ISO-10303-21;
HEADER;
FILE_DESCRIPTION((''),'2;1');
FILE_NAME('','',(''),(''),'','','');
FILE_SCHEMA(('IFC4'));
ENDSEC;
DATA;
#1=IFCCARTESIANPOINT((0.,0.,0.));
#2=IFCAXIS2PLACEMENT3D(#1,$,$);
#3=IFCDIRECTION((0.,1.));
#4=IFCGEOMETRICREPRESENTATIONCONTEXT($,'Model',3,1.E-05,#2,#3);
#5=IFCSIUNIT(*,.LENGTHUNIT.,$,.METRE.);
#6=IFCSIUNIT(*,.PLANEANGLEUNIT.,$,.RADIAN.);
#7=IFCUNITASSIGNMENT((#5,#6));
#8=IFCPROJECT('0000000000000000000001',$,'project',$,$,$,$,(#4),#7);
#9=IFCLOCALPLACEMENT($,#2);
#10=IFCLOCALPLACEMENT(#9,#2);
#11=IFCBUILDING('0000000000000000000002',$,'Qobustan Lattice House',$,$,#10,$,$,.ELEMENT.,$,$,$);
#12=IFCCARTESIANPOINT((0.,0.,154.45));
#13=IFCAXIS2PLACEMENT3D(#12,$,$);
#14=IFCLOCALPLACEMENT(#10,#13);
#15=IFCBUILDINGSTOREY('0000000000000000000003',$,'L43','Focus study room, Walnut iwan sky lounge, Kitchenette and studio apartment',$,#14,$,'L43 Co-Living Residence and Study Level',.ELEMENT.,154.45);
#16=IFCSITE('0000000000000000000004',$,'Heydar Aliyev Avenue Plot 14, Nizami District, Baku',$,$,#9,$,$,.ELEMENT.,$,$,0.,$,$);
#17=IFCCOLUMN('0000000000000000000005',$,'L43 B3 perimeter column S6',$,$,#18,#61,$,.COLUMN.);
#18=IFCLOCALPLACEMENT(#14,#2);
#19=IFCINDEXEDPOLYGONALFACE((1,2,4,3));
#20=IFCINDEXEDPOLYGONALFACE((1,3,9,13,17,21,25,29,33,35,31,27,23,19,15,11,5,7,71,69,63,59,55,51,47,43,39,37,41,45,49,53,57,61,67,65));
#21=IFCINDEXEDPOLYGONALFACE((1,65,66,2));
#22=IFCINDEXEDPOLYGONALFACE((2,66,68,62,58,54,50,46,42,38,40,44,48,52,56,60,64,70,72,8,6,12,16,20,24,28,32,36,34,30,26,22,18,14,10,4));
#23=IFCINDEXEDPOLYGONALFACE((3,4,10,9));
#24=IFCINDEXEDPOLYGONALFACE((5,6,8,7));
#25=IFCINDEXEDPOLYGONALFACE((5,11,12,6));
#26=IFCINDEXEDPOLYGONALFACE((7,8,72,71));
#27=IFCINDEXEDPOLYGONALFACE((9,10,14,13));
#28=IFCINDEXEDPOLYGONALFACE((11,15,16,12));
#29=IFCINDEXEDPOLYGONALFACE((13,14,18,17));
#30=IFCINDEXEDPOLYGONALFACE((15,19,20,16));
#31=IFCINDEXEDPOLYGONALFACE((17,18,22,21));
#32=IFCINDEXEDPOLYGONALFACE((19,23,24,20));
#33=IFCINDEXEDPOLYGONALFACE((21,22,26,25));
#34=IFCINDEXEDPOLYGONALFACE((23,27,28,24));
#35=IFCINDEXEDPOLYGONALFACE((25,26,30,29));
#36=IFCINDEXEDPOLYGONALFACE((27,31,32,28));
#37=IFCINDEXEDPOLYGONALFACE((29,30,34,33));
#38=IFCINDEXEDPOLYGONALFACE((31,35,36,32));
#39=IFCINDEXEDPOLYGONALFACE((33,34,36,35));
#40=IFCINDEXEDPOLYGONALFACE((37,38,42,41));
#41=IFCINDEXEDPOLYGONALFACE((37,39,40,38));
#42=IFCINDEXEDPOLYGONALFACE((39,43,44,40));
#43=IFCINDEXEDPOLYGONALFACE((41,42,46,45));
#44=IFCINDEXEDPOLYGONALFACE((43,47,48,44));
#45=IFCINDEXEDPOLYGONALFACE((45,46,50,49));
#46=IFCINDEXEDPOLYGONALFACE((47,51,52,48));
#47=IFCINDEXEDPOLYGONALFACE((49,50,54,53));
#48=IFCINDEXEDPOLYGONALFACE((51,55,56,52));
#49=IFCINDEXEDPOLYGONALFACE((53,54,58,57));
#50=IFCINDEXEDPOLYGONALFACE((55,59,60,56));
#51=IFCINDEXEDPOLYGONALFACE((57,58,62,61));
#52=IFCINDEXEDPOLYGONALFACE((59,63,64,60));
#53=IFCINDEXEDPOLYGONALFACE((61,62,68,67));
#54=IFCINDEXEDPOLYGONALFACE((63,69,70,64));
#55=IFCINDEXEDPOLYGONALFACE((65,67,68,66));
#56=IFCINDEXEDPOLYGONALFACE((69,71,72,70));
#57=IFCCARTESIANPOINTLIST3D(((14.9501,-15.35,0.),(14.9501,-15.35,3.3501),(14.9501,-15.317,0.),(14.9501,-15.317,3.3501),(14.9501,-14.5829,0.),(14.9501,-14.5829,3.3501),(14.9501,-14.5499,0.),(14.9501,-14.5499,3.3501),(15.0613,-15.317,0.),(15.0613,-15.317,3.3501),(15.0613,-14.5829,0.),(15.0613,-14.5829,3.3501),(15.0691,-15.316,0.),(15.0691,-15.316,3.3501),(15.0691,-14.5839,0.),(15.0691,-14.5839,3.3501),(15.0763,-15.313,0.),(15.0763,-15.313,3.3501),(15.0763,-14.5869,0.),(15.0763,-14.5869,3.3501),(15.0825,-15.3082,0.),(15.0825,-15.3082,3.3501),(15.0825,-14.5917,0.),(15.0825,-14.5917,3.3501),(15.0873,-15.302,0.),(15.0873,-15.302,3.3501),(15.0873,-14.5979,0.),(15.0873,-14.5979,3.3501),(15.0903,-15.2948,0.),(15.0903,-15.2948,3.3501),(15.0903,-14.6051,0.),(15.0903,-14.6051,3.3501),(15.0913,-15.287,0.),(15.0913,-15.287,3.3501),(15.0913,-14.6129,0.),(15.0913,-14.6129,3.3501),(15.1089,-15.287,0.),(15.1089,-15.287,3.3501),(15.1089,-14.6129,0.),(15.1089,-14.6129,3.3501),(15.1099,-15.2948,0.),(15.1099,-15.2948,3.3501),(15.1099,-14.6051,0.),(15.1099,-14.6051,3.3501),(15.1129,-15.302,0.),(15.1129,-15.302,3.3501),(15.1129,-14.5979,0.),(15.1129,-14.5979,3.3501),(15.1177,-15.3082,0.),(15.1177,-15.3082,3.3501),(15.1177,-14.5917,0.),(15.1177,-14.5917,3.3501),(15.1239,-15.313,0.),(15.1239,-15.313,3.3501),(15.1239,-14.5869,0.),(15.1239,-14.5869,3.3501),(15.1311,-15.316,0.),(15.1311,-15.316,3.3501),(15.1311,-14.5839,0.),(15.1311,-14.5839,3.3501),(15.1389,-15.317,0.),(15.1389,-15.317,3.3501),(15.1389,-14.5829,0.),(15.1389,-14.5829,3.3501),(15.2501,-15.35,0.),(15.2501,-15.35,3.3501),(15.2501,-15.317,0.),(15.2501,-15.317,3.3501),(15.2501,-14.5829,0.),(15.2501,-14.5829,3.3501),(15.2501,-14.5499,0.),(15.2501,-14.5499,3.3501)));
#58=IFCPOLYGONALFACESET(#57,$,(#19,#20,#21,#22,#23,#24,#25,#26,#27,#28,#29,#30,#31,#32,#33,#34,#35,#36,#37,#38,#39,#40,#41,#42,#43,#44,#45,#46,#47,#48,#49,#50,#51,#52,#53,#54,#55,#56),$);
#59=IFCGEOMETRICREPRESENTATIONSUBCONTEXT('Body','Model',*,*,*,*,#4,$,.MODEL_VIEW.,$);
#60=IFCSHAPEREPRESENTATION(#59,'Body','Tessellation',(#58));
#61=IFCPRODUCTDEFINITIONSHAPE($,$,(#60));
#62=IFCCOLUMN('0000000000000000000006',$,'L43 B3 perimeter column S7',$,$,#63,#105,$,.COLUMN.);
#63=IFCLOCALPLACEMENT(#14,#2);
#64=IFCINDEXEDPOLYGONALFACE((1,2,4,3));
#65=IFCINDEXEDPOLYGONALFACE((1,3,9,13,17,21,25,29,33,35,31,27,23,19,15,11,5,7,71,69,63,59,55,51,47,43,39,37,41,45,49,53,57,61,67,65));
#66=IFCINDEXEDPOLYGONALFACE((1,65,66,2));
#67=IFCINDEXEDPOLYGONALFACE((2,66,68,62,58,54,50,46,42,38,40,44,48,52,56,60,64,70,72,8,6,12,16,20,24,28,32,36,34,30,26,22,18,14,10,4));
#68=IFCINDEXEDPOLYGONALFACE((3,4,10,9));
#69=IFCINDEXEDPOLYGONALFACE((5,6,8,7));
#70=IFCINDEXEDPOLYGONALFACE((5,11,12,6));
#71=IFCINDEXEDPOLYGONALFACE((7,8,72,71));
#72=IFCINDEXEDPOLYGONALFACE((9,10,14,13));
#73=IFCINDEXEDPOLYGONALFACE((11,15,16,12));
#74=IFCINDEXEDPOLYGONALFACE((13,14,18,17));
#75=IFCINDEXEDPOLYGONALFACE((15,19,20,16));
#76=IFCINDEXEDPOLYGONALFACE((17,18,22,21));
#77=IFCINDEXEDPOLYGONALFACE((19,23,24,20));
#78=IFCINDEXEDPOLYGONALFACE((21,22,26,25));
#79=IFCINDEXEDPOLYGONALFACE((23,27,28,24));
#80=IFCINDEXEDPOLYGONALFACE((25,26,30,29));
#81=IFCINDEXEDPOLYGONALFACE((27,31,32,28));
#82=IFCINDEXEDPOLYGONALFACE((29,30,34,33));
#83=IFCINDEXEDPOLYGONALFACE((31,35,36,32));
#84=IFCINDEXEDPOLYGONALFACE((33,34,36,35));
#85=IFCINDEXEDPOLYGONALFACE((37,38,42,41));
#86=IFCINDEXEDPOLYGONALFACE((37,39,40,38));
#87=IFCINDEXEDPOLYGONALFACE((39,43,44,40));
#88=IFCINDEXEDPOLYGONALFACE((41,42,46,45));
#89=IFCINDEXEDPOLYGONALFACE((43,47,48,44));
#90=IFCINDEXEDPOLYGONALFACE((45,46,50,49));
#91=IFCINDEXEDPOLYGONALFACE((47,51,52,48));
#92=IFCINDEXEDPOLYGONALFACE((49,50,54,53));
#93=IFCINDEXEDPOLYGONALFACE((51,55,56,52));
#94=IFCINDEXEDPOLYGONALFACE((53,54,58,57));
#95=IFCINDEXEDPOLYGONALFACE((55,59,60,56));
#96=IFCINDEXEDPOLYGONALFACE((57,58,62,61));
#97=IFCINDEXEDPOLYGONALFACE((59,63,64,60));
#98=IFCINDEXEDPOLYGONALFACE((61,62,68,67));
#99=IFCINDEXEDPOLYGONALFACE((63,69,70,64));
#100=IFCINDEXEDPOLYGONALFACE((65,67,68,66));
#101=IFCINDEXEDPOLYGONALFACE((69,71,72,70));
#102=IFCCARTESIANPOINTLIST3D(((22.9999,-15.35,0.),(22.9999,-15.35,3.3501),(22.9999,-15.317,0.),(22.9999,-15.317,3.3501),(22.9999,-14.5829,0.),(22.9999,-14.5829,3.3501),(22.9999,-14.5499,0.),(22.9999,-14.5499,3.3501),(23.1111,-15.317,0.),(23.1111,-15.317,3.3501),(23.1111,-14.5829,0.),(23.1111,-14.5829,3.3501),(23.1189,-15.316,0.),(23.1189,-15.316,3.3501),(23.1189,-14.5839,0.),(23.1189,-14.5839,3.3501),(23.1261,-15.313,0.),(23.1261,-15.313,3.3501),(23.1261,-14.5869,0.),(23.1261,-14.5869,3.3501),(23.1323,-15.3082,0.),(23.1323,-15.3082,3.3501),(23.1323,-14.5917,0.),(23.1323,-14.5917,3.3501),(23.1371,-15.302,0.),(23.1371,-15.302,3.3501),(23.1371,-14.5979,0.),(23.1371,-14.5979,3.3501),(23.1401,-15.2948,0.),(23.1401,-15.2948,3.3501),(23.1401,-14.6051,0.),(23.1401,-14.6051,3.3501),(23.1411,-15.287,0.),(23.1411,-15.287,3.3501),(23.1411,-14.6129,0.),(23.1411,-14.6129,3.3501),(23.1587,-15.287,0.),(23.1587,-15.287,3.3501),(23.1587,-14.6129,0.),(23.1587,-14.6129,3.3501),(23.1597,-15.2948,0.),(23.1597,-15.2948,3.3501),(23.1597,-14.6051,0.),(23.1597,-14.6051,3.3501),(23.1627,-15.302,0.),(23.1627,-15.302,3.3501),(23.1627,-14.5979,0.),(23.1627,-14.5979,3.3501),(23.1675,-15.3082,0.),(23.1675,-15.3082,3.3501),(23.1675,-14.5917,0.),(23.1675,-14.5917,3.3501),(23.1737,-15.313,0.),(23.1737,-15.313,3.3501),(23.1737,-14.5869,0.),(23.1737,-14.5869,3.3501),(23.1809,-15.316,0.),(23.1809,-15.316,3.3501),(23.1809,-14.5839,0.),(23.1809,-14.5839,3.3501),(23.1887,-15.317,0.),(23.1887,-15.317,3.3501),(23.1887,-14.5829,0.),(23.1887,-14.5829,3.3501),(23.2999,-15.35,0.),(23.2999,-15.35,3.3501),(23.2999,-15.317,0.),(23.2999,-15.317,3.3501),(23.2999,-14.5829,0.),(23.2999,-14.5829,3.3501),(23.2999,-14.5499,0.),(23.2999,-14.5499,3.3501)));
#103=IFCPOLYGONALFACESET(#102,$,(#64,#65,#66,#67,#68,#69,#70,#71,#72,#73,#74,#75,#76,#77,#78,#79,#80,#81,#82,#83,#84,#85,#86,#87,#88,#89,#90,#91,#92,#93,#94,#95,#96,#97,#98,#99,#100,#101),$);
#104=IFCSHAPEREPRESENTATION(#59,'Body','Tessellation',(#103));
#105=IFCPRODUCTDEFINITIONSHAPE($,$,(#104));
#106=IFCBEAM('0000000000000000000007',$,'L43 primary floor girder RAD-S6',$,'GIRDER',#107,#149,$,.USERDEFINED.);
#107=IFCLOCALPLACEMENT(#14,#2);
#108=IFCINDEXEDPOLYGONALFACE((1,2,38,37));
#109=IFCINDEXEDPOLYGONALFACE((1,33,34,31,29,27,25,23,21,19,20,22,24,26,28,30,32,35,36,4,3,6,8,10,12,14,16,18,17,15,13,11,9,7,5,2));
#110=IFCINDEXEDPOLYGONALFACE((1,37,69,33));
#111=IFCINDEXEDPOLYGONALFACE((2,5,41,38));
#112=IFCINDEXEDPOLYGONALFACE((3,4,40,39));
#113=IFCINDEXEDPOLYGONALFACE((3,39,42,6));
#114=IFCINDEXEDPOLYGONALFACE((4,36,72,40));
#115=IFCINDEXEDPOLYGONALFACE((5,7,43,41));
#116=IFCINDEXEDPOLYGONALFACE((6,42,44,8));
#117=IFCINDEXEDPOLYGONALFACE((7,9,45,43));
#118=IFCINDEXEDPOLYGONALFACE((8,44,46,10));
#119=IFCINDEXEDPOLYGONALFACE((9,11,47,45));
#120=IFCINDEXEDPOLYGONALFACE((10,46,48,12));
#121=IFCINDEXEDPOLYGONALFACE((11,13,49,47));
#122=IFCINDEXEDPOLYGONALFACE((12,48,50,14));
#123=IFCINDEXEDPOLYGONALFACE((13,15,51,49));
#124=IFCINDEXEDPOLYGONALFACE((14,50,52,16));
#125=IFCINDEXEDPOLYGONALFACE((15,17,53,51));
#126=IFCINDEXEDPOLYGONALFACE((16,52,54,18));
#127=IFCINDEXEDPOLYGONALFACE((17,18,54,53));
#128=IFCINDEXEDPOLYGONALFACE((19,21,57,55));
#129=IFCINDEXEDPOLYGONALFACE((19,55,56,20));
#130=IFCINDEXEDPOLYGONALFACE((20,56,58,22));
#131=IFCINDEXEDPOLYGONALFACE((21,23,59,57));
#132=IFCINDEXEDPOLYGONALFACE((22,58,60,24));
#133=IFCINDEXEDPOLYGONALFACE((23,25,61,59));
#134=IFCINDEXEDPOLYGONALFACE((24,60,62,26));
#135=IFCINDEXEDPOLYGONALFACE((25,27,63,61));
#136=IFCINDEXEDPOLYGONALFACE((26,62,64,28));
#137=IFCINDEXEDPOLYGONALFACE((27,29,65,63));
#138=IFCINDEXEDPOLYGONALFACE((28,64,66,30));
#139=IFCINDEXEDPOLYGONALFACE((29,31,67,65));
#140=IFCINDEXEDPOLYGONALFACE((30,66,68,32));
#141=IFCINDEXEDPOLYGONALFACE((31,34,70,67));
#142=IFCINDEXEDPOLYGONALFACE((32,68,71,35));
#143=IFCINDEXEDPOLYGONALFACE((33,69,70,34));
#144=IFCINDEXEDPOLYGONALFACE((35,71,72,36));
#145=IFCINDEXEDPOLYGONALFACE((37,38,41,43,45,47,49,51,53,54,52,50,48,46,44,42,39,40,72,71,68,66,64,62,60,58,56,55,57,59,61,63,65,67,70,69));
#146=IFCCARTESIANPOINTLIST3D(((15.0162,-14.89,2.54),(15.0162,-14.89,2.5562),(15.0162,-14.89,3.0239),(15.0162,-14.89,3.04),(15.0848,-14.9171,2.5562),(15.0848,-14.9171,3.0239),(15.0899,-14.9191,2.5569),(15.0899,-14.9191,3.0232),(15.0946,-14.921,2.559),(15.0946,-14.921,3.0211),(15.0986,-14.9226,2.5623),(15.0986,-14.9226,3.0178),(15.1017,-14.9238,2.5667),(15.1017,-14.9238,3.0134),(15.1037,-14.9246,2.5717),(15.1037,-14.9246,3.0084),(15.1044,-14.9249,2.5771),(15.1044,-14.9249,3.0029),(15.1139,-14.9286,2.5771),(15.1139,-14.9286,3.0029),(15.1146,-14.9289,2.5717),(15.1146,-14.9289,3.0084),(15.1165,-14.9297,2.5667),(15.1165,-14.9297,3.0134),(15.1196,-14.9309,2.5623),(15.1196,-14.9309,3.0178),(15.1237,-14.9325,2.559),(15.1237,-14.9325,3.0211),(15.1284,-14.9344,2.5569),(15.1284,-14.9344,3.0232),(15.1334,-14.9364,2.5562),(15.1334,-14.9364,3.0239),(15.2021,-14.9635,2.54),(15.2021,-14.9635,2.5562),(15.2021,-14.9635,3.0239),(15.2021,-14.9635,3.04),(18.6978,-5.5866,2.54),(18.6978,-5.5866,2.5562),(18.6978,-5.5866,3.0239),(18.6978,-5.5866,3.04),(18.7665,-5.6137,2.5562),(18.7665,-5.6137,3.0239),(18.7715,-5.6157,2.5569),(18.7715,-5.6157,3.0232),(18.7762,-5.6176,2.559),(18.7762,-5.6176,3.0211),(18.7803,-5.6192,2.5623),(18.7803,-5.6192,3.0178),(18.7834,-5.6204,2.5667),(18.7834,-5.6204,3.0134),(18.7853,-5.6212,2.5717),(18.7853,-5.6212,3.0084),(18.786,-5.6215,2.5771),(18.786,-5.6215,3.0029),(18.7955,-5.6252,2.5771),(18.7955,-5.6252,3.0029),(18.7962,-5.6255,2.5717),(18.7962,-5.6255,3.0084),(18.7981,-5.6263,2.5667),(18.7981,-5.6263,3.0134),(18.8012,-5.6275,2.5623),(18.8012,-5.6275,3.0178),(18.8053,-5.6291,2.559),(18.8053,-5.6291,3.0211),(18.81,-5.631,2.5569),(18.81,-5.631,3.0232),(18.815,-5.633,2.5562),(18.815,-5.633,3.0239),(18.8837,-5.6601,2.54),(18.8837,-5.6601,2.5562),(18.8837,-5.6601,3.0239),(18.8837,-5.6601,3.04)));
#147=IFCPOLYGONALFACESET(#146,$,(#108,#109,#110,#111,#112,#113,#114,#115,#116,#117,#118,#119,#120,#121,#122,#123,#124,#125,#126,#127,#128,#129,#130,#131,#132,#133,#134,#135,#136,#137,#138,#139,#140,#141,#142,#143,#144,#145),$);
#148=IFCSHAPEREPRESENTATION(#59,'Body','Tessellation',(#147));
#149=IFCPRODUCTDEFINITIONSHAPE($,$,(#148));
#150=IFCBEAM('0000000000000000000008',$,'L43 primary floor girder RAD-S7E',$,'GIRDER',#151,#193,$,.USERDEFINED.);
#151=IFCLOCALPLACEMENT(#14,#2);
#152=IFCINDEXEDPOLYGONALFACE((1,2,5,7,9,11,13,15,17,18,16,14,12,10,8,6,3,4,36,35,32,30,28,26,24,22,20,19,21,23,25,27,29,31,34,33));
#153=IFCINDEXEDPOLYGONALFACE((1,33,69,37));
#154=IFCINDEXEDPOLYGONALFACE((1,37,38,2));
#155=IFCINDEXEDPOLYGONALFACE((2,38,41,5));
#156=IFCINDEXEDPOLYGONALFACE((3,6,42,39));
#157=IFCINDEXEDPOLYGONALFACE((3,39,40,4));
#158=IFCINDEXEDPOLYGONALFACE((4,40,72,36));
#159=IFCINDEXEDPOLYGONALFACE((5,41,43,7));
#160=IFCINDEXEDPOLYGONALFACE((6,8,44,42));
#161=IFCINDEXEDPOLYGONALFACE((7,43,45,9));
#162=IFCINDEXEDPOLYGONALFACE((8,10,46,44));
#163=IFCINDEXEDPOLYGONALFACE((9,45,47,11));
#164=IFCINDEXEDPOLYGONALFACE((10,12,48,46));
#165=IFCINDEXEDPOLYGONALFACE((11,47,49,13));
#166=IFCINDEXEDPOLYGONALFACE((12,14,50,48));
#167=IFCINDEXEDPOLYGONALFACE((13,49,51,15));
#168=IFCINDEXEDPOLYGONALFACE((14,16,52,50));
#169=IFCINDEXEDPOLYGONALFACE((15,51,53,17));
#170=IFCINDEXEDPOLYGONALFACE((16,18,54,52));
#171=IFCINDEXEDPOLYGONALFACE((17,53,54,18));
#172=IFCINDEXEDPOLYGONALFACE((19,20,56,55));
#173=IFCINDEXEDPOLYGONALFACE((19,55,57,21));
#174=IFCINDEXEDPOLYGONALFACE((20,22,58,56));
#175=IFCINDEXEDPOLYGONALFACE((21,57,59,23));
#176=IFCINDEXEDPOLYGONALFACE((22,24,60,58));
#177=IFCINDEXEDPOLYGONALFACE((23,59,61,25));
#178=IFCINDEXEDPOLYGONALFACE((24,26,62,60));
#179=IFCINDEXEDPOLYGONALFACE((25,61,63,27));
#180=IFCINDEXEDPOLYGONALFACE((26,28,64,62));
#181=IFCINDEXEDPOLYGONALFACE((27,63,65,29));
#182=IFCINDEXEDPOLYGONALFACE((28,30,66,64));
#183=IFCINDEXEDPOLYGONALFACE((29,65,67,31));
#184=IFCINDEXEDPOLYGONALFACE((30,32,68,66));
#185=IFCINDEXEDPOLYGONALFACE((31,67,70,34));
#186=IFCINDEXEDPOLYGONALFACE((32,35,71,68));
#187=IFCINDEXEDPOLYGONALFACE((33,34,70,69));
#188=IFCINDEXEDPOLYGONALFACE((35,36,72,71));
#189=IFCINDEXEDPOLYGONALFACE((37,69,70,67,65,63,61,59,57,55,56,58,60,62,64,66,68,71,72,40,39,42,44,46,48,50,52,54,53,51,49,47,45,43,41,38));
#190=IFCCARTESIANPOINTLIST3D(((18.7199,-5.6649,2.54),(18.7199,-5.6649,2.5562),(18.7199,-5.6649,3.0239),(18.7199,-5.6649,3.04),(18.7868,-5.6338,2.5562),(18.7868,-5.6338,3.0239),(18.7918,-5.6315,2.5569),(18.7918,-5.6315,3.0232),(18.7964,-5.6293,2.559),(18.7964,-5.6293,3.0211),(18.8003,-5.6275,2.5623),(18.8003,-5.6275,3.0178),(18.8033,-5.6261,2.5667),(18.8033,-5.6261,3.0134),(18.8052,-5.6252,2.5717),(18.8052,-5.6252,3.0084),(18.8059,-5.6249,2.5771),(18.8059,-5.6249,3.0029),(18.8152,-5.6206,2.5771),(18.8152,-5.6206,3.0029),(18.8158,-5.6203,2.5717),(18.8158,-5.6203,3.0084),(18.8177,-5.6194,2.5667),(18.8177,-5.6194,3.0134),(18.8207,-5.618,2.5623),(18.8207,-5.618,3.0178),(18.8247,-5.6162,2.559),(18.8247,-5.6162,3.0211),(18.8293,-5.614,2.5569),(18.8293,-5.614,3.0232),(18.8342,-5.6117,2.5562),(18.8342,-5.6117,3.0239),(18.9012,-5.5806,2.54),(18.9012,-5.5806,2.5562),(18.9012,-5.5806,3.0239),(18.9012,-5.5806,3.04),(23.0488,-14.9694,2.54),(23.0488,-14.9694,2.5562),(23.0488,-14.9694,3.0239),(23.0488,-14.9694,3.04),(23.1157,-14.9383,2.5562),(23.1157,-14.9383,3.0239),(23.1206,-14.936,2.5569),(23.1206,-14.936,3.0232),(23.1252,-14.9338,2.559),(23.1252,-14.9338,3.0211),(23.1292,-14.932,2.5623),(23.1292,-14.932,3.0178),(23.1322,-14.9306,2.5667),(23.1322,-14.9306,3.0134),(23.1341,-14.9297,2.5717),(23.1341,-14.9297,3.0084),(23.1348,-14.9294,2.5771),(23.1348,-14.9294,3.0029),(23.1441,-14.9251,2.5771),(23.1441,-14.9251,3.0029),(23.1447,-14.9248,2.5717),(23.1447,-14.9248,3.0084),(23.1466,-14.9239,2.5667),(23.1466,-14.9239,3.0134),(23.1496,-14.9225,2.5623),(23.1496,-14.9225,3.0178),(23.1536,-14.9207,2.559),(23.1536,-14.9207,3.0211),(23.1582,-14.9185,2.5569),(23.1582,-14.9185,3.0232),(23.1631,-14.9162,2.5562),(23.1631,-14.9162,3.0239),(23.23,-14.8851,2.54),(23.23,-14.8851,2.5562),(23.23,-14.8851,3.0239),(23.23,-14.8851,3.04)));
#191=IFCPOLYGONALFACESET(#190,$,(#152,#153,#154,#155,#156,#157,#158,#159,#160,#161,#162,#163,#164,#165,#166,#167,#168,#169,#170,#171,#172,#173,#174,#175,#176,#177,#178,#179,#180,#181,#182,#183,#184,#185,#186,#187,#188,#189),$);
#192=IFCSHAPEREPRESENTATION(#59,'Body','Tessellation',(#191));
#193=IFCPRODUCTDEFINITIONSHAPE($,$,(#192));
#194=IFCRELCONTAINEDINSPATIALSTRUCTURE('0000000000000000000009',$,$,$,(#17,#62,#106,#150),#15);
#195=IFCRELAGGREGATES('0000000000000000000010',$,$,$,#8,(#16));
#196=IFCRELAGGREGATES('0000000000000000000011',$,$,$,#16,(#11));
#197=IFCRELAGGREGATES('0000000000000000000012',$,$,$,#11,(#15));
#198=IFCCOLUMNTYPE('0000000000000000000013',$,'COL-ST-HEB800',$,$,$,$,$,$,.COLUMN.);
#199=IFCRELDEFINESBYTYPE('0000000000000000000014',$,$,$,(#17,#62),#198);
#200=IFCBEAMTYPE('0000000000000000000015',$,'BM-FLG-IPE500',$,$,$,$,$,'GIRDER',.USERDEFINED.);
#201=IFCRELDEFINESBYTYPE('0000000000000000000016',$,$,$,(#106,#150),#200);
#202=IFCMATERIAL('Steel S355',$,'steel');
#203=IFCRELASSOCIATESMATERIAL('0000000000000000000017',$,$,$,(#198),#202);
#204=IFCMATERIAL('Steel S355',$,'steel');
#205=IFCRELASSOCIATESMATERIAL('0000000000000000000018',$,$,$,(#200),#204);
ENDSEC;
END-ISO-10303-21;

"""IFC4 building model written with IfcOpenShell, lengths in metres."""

from ifc_helpers import new_model, si_unit, direction, frame, origin, origin_2d, place, context, subcontext, project, spatial, i_section, extrude, material, material_profile, profile_set, type_object, element, save


model = new_model("IFC4")

# Units and contexts
model_context = context("Model", 3, precision=1e-05, world=origin(), true_north=direction((0.0, 1.0)))
body_context = subcontext(model_context, "Body", "Model", "MODEL_VIEW")
ifc_project = project(units=[si_unit("LENGTHUNIT", "METRE"), si_unit("PLANEANGLEUNIT", "RADIAN")], contexts=[model_context])

# Site, building, storey
site_placement = place(None, origin())
site = spatial("IfcSite", under=ifc_project, at=site_placement, Name="Heydar Aliyev Avenue Plot 14, Nizami District, Baku", CompositionType="ELEMENT", RefElevation=0.0)
building_placement = place(site_placement, origin())
building = spatial("IfcBuilding", under=site, at=building_placement, Name="Qobustan Lattice House", CompositionType="ELEMENT")
storey_placement = place(building_placement, frame((0.0, 0.0, 154.45)))
storey = spatial("IfcBuildingStorey", under=building, at=storey_placement, Name="L43", Description="Focus study room, Walnut iwan sky lounge, Kitchenette and studio apartment", LongName="L43 Co-Living Residence and Study Level", CompositionType="ELEMENT", Elevation=154.45)

# Columns
ifc_material_1 = material(Name="Steel S355", Category="steel")
ifc_material_profile_1 = material_profile(ifc_material_1, i_section(OverallWidth=0.3, OverallDepth=0.8, WebThickness=0.0176, FlangeThickness=0.033, FilletRadius=0.03, at=origin_2d()), Name="HEB800")
ifc_profile_set_1 = profile_set([ifc_material_profile_1], Name="Steel S355")
column_type = type_object("IfcColumnType", Name="COL-ST-HEB800", PredefinedType="COLUMN", material=ifc_profile_set_1)
for number, where, z_axis, x_axis, name in (
    (1, (15.1001, -14.95, 0.0), (0.0, 0.0, 1.0), (1.0, 0.0, 0.0), "L43 B3 perimeter column S6"),
    (2, (23.1499, -14.95, 0.0), (0.0, 0.0, 1.0), (1.0, 0.0, 0.0), "L43 B3 perimeter column S7"),
):
    element("IfcColumn", number, at=place(storey_placement, frame(where, z_axis=z_axis, x_axis=x_axis)), inside=storey, type_object=column_type, Name=name, PredefinedType="COLUMN", context=body_context, shape_type="SweptSolid", body=[
        extrude(i_section(OverallWidth=0.3, OverallDepth=0.8, WebThickness=0.0176, FlangeThickness=0.033, FilletRadius=0.03, at=origin_2d()), origin(), (0.0, 0.0, 1.0), 3.3501),
    ])

# Beams
ifc_material_2 = material(Name="Steel S355", Category="steel")
ifc_material_profile_2 = material_profile(ifc_material_2, i_section(OverallWidth=0.2, OverallDepth=0.5, WebThickness=0.0103, FlangeThickness=0.0161, FilletRadius=0.021, at=origin_2d()), Name="IPE500")
ifc_profile_set_2 = profile_set([ifc_material_profile_2], Name="Steel S355")
beam_type_1 = type_object("IfcBeamType", Name="BM-FLG-IPE500", ElementType="GIRDER", PredefinedType="USERDEFINED", material=ifc_profile_set_2)
beam_1_placement = place(storey_placement, frame((15.1091, -14.9268, 2.79), z_axis=(0.367964, 0.92984, 0.0), x_axis=(-0.92984, 0.367964, 0.0)))
element("IfcBeam", 3, at=beam_1_placement, inside=storey, type_object=beam_type_1, Name="L43 primary floor girder RAD-S6", ObjectType="GIRDER", PredefinedType="USERDEFINED", context=body_context, shape_type="SweptSolid", body=[
    extrude(i_section(OverallWidth=0.2, OverallDepth=0.5, WebThickness=0.0103, FlangeThickness=0.0161, FilletRadius=0.021, at=origin_2d()), origin(), (0.0, 0.0, 1.0), 10.0054),
])
beam_2_placement = place(storey_placement, frame((23.1394, -14.9272, 2.79), z_axis=(-0.421828, 0.906676, 0.0), x_axis=(-0.906676, -0.421828, 0.0)))
element("IfcBeam", 4, at=beam_2_placement, inside=storey, type_object=beam_type_1, Name="L43 primary floor girder RAD-S7E", ObjectType="GIRDER", PredefinedType="USERDEFINED", context=body_context, shape_type="SweptSolid", body=[
    extrude(i_section(OverallWidth=0.2, OverallDepth=0.5, WebThickness=0.0103, FlangeThickness=0.0161, FilletRadius=0.021, at=origin_2d()), origin(), (0.0, 0.0, 1.0), 10.2622),
])

save(model, "model.ifc")
